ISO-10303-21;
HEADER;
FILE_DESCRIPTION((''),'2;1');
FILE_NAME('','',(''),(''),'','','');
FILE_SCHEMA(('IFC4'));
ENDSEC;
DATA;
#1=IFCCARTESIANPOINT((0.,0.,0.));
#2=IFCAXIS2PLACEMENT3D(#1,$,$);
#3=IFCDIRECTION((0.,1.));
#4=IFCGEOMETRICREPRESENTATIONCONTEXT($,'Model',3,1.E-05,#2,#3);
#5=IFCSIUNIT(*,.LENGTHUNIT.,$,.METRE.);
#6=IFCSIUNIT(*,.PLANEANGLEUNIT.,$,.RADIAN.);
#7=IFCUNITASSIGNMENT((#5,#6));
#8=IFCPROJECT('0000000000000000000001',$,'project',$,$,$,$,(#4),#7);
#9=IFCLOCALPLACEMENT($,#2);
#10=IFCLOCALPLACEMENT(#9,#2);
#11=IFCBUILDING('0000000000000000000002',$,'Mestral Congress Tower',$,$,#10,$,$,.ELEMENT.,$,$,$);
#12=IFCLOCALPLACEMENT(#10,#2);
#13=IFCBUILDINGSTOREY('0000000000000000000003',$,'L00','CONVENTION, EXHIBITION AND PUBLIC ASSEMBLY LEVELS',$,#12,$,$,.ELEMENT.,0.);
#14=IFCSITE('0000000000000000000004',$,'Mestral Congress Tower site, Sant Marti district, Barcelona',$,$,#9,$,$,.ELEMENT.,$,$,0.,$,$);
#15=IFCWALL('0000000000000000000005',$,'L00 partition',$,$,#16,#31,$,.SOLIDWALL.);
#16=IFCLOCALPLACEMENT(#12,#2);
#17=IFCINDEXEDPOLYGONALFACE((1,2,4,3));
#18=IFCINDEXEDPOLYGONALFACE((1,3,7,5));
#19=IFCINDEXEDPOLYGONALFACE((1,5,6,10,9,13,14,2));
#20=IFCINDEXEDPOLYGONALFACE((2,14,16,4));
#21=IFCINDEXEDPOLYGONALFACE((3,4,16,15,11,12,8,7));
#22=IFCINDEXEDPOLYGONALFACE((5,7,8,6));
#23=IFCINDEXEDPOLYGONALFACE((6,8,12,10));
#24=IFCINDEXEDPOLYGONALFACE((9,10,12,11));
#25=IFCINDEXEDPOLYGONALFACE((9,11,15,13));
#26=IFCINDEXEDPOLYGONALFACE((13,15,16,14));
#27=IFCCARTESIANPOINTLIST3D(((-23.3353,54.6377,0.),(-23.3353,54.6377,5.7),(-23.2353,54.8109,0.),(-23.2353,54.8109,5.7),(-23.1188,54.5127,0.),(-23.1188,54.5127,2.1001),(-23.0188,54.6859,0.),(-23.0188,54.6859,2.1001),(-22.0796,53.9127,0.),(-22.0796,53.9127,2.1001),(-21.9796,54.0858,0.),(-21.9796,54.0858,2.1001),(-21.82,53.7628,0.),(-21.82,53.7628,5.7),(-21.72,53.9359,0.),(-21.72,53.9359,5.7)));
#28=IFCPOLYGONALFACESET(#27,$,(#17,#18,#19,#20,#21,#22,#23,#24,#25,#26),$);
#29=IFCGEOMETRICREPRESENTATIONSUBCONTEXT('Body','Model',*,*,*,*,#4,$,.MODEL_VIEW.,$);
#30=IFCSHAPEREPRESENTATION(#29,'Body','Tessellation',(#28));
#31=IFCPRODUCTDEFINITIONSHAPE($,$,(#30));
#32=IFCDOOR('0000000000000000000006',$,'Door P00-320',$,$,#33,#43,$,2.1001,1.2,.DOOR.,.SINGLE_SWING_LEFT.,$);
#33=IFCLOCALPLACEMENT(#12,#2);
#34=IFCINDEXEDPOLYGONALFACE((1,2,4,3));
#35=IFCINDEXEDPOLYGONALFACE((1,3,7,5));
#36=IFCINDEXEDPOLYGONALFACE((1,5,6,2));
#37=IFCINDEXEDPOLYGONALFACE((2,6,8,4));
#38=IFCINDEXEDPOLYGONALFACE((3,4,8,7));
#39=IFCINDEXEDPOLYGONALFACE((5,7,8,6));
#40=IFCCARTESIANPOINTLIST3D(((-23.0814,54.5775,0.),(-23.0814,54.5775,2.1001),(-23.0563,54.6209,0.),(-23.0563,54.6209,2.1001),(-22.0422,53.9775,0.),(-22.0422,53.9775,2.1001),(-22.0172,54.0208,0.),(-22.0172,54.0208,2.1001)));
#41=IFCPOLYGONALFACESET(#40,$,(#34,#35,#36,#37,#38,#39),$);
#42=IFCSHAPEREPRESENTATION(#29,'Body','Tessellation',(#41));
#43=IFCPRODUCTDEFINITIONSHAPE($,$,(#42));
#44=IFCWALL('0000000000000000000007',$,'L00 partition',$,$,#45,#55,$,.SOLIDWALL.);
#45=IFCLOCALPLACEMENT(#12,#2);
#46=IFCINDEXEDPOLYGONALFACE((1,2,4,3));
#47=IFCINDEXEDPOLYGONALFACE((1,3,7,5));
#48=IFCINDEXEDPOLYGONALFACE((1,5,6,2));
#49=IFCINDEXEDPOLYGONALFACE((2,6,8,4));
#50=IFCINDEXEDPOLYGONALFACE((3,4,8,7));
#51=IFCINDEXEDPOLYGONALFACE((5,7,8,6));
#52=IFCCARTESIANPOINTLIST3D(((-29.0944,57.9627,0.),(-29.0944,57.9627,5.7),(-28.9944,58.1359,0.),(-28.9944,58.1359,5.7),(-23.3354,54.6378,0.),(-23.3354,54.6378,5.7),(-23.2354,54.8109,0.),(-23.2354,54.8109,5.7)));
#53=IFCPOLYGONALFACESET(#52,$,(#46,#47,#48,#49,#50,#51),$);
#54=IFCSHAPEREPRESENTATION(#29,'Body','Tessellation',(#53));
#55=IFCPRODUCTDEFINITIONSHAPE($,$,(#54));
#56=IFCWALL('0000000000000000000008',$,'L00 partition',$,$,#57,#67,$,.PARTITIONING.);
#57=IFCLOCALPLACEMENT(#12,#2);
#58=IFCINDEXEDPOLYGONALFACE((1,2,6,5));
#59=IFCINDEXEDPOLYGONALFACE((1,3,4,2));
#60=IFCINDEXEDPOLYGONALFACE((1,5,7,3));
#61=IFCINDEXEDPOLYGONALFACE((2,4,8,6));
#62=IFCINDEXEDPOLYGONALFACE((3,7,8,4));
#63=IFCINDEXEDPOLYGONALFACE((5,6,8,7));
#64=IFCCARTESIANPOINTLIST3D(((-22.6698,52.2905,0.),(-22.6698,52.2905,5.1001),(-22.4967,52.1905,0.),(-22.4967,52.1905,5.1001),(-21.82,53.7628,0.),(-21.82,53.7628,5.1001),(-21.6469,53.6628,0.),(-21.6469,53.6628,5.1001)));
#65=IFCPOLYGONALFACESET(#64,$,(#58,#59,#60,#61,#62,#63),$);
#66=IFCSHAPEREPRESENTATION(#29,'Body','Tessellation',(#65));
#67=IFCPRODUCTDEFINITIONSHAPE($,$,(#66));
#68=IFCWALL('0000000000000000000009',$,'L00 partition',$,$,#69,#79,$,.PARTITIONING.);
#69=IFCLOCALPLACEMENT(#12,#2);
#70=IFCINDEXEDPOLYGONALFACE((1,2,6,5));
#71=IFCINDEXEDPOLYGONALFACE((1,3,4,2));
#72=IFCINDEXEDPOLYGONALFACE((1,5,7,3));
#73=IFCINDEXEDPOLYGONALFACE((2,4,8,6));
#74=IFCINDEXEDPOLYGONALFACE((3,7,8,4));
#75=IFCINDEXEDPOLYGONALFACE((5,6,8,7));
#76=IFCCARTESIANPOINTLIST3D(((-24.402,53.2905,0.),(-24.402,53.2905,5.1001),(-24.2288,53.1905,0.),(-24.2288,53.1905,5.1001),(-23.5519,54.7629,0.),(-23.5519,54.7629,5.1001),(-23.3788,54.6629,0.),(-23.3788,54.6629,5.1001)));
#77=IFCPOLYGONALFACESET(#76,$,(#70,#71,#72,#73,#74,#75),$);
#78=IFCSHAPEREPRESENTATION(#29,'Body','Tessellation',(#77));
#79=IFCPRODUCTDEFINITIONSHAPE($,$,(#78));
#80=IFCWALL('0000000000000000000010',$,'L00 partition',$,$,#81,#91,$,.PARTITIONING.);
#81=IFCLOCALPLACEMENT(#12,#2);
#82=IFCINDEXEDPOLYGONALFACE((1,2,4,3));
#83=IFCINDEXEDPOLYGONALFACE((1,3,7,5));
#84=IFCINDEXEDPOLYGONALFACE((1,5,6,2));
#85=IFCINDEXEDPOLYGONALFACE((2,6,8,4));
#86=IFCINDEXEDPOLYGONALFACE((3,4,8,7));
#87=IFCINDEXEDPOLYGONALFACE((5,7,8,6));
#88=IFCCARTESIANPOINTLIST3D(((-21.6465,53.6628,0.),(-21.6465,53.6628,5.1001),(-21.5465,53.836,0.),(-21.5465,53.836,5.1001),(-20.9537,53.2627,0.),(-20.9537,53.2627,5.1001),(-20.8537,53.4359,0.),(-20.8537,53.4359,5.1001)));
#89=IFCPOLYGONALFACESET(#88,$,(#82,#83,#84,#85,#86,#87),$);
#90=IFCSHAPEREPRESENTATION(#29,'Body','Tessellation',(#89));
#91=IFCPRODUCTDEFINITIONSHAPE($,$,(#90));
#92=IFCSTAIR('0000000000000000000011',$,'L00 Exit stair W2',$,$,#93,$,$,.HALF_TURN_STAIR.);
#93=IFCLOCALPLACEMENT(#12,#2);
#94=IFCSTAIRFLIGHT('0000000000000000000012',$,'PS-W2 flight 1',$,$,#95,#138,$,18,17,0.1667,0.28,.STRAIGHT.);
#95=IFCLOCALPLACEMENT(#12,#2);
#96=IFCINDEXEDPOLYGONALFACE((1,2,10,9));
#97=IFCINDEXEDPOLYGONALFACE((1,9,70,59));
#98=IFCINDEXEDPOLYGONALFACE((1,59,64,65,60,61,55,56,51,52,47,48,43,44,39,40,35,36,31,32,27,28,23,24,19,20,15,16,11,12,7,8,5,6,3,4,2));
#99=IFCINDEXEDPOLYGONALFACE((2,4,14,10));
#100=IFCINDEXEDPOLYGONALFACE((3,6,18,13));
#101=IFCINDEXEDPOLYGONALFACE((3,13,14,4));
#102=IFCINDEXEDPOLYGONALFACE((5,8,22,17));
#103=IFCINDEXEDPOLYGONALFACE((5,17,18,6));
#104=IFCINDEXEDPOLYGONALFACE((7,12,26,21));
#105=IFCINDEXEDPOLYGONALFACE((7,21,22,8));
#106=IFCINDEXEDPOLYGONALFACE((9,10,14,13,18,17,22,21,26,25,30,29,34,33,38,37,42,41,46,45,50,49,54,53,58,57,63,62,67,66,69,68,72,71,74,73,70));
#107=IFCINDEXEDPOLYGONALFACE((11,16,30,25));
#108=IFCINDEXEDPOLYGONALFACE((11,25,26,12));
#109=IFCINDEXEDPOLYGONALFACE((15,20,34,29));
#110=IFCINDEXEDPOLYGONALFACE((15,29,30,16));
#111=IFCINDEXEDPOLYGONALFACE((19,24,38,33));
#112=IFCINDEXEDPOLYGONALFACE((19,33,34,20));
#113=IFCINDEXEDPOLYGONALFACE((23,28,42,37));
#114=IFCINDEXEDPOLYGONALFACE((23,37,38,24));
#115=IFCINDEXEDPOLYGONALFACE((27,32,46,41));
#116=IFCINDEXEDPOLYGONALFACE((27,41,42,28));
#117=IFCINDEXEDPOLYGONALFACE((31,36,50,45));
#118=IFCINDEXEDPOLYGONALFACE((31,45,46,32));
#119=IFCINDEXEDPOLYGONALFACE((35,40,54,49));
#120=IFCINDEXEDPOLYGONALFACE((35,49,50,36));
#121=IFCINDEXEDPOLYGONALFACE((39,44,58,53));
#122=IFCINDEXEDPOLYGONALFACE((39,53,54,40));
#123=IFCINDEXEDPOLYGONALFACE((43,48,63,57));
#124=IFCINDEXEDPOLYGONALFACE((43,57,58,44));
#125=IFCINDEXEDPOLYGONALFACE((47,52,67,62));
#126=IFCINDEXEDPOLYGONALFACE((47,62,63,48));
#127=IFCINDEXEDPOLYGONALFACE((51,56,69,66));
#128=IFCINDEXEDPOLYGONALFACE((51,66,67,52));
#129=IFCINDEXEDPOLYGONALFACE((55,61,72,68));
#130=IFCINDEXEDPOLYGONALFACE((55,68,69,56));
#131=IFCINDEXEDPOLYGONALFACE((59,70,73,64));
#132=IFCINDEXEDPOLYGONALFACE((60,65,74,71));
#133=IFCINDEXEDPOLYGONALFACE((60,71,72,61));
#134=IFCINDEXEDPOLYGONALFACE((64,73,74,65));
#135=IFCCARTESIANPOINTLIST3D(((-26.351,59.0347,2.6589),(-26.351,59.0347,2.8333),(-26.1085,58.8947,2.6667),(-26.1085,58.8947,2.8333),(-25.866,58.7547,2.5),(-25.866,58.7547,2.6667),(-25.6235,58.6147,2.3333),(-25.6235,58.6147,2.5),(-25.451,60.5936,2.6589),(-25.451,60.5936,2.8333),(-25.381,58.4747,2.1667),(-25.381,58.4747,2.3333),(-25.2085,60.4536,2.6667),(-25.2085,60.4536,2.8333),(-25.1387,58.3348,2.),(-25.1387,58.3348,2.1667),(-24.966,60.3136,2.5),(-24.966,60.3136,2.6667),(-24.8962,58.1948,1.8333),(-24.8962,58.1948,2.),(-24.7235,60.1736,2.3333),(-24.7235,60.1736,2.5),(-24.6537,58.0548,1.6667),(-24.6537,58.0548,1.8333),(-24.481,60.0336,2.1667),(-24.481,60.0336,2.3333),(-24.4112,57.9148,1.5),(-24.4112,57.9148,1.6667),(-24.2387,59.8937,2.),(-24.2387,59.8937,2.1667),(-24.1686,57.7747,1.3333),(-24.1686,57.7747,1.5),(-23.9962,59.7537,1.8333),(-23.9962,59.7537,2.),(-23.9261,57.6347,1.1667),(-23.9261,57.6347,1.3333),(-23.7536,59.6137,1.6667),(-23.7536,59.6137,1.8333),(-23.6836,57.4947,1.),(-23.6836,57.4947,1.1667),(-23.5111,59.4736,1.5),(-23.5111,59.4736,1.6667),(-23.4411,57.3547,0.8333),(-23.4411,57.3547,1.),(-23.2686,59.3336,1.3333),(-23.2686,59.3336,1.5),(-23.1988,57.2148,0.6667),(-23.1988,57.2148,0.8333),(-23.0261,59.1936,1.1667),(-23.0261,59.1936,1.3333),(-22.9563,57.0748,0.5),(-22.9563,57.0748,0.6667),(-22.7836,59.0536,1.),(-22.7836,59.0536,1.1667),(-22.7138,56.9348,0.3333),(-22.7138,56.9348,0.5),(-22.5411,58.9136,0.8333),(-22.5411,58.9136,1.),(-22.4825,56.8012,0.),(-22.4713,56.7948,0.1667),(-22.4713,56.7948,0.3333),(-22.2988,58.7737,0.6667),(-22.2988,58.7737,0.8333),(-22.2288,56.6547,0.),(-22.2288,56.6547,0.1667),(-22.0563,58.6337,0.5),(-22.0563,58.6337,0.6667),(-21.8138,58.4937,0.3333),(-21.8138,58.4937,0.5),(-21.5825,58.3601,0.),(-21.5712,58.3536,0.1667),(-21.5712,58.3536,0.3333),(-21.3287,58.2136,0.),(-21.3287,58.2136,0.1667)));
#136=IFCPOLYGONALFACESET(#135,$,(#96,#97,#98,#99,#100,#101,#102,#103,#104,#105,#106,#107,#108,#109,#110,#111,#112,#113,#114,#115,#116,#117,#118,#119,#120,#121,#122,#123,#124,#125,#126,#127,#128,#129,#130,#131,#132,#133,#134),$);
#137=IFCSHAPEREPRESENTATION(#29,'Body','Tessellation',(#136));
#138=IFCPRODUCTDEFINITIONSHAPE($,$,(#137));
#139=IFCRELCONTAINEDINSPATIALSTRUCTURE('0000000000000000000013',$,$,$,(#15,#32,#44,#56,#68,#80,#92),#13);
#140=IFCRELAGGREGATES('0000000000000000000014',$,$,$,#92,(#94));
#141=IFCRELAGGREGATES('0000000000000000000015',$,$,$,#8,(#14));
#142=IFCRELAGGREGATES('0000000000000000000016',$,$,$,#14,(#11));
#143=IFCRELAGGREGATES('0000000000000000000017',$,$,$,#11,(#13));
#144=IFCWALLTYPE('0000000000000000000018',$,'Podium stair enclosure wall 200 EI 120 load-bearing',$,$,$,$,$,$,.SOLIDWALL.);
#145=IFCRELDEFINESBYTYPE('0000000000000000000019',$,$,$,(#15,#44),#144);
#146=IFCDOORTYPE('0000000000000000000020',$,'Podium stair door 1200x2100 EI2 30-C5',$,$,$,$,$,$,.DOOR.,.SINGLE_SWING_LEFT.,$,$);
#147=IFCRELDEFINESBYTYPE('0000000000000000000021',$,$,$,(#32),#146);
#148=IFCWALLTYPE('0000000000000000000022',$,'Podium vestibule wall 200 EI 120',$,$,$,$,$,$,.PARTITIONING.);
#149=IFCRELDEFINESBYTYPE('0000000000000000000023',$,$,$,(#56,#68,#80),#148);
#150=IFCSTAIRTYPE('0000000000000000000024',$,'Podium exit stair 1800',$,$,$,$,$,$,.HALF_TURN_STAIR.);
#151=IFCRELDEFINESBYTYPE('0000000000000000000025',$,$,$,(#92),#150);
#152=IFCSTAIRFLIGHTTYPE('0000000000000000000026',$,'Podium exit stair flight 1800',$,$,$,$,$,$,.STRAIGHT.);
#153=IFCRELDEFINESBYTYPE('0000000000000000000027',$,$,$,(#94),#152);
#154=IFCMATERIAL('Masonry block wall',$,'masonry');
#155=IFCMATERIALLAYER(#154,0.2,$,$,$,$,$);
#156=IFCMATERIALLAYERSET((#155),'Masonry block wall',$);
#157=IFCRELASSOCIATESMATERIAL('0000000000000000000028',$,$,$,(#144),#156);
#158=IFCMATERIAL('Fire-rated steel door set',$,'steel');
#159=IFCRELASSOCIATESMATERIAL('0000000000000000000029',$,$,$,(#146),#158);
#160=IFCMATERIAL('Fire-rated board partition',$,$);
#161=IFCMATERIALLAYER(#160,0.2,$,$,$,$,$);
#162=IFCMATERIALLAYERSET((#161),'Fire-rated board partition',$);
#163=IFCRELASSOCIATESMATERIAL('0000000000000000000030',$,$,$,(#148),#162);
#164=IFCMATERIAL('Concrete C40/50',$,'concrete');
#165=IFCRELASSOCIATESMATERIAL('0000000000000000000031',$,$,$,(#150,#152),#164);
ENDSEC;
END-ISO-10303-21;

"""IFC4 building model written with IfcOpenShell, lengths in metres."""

from ifc_helpers import new_model, si_unit, direction, frame, frame_2d, origin, place, context, subcontext, project, spatial, polyline, rectangle, outline, extrude, material, layer, layer_set, type_object, element, fill, aggregate, save


model = new_model("IFC4")

# Units and contexts
model_context = context("Model", 3, precision=1e-05, world=origin(), true_north=direction((0.0, 1.0)))
body_context = subcontext(model_context, "Body", "Model", "MODEL_VIEW")
ifc_project = project(units=[si_unit("LENGTHUNIT", "METRE"), si_unit("PLANEANGLEUNIT", "RADIAN")], contexts=[model_context])

# Site, building, storey
site_placement = place(None, origin())
site = spatial("IfcSite", under=ifc_project, at=site_placement, Name="Mestral Congress Tower site, Sant Marti district, Barcelona", CompositionType="ELEMENT", RefElevation=0.0)
building_placement = place(site_placement, origin())
building = spatial("IfcBuilding", under=site, at=building_placement, Name="Mestral Congress Tower", CompositionType="ELEMENT")
storey_placement = place(building_placement, origin())
storey = spatial("IfcBuildingStorey", under=building, at=storey_placement, Name="L00", Description="CONVENTION, EXHIBITION AND PUBLIC ASSEMBLY LEVELS", CompositionType="ELEMENT", Elevation=0.0)

# Shared definitions
ifc_material_1 = material(Name="Masonry block wall", Category="masonry")
ifc_layer_1 = layer(ifc_material_1, 0.2)
ifc_layer_set_1 = layer_set([ifc_layer_1], Name="Masonry block wall")
wall_type_1 = type_object("IfcWallType", Name="Podium stair enclosure wall 200 EI 120 load-bearing", PredefinedType="SOLIDWALL", material=ifc_layer_set_1)

# Wall, opening, door
wall_1_placement = place(storey_placement, frame((-23.2854, 54.7244, 0.0), z_axis=(0.0, 0.0, 1.0), x_axis=(0.866002, -0.50004, 0.0)))
wall_1 = element("IfcWall", 1, at=wall_1_placement, inside=storey, type_object=wall_type_1, Name="L00 partition", PredefinedType="SOLIDWALL", context=body_context, shape_type="SweptSolid", body=[
    extrude(rectangle(XDim=1.7498, YDim=0.2, at=frame_2d((0.875, 0.0))), origin(), (0.0, 0.0, 1.0), 5.7),
])
opening_1_placement = place(wall_1_placement, frame((0.25, 0.0, 0.0)))
opening_1 = element("IfcOpeningElement", 2, at=opening_1_placement, cuts=wall_1, PredefinedType="OPENING", context=body_context, shape_type="SweptSolid", body=[
    extrude(rectangle(XDim=1.2, YDim=2.1001, at=frame_2d((0.6001, 1.05))), frame((0.0, 0.1099, 0.0), z_axis=(0.0, -1.0, 0.0), x_axis=(1.0, 0.0, 0.0)), (0.0, 0.0, 1.0), 0.22),
])
ifc_material_2 = material(Name="Fire-rated steel door set", Category="steel")
door_type_1 = type_object("IfcDoorType", Name="Podium stair door 1200x2100 EI2 30-C5", OperationType="SINGLE_SWING_LEFT", PredefinedType="DOOR", material=ifc_material_2)
door_1_placement = place(opening_1_placement, origin())
door_1 = element("IfcDoor", 3, at=door_1_placement, inside=storey, type_object=door_type_1, Name="Door P00-320", OperationType="SINGLE_SWING_LEFT", OverallHeight=2.1001, OverallWidth=1.2, PredefinedType="DOOR", context=body_context, shape_type="SweptSolid", body=[
    extrude(rectangle(XDim=1.2, YDim=2.1001, at=frame_2d((0.6001, 1.05))), frame((0.0, 0.0249, 0.0), z_axis=(0.0, -1.0, 0.0), x_axis=(1.0, 0.0, 0.0)), (0.0, 0.0, 1.0), 0.05),
])
fill(opening_1, door_1)

# Walls
wall_2_placement = place(storey_placement, frame((-23.2854, 54.7244, 0.0), z_axis=(0.0, 0.0, 1.0), x_axis=(-0.866027, 0.499997, 0.0)))
element("IfcWall", 4, at=wall_2_placement, inside=storey, type_object=wall_type_1, Name="L00 partition", PredefinedType="SOLIDWALL", context=body_context, shape_type="SweptSolid", body=[
    extrude(rectangle(XDim=6.6499, YDim=0.2, at=frame_2d((3.325, 0.0))), origin(), (0.0, 0.0, 1.0), 5.7),
])
ifc_material_3 = material(Name="Fire-rated board partition")
ifc_layer_2 = layer(ifc_material_3, 0.2)
ifc_layer_set_2 = layer_set([ifc_layer_2], Name="Fire-rated board partition")
wall_type_2 = type_object("IfcWallType", Name="Podium vestibule wall 200 EI 120", PredefinedType="PARTITIONING", material=ifc_layer_set_2)
wall_3_placement = place(storey_placement, frame((-21.7334, 53.7129, 0.0), z_axis=(0.0, 0.0, 1.0), x_axis=(-0.499892, -0.866088, 0.0)))
element("IfcWall", 5, at=wall_3_placement, inside=storey, type_object=wall_type_2, Name="L00 partition", PredefinedType="PARTITIONING", context=body_context, shape_type="SweptSolid", body=[
    extrude(rectangle(XDim=1.7, YDim=0.2, at=frame_2d((0.8501, 0.0))), origin(), (0.0, 0.0, 1.0), 5.1001),
])
wall_4_placement = place(storey_placement, frame((-23.4653, 54.7129, 0.0), z_axis=(0.0, 0.0, 1.0), x_axis=(-0.5, -0.866025, 0.0)))
element("IfcWall", 6, at=wall_4_placement, inside=storey, type_object=wall_type_2, Name="L00 partition", PredefinedType="PARTITIONING", context=body_context, shape_type="SweptSolid", body=[
    extrude(rectangle(XDim=1.7002, YDim=0.2, at=frame_2d((0.8501, 0.0))), origin(), (0.0, 0.0, 1.0), 5.1001),
])
wall_5_placement = place(storey_placement, frame((-20.9038, 53.3494, 0.0), z_axis=(0.0, 0.0, 1.0), x_axis=(-0.865962, 0.50011, 0.0)))
element("IfcWall", 7, at=wall_5_placement, inside=storey, type_object=wall_type_2, Name="L00 partition", PredefinedType="PARTITIONING", context=body_context, shape_type="SweptSolid", body=[
    extrude(rectangle(XDim=0.8, YDim=0.2, at=frame_2d((0.3999, 0.0))), origin(), (0.0, 0.0, 1.0), 5.1001),
])

# Stair, stair flight
ifc_material_4 = material(Name="Concrete C40/50", Category="concrete")
stair_type = type_object("IfcStairType", Name="Podium exit stair 1800", PredefinedType="HALF_TURN_STAIR", material=ifc_material_4)
stair_placement = place(storey_placement, origin())
stair = element("IfcStair", 8, at=stair_placement, inside=storey, type_object=stair_type, Name="L00 Exit stair W2", PredefinedType="HALF_TURN_STAIR")
stair_flight_type = type_object("IfcStairFlightType", Name="Podium exit stair flight 1800", PredefinedType="STRAIGHT", material=ifc_material_4)
stair_flight_placement = place(storey_placement, frame((-21.7788, 57.4341, 0.0), z_axis=(0.0, 0.0, 1.0), x_axis=(-0.866025, 0.5, 0.0)))
stair_flight = element("IfcStairFlight", 9, at=stair_flight_placement, type_object=stair_flight_type, Name="PS-W2 flight 1", NumberOfRisers=18, NumberOfTreads=17, PredefinedType="STRAIGHT", RiserHeight=0.1667, TreadLength=0.28, context=body_context, shape_type="SweptSolid", body=[
    extrude(outline(polyline([(0.0, 0.0), (0.0, 0.1667), (0.28, 0.1667), (0.28, 0.3333), (0.5601, 0.3333), (0.5601, 0.5), (0.8401, 0.5), (0.8401, 0.6667), (1.1201, 0.6667), (1.1201, 0.8333), (1.3999, 0.8333), (1.3999, 1.0), (1.6799, 1.0), (1.6799, 1.1667), (1.96, 1.1667), (1.96, 1.3333), (2.24, 1.3333), (2.24, 1.5), (2.52, 1.5), (2.52, 1.6667), (2.8, 1.6667), (2.8, 1.8333), (3.0801, 1.8333), (3.0801, 2.0), (3.3601, 2.0), (3.3601, 2.1667), (3.6399, 2.1667), (3.6399, 2.3333), (3.9199, 2.3333), (3.9199, 2.5), (4.2, 2.5), (4.2, 2.6667), (4.48, 2.6667), (4.48, 2.8333), (4.76, 2.8333), (4.76, 3.0), (4.76, 2.6589), (0.293, 0.0), (0.0, 0.0)])), frame((0.0, 0.8999, 0.0), z_axis=(0.0, -1.0, 0.0), x_axis=(1.0, 0.0, 0.0)), (0.0, 0.0, 1.0), 1.8),
])
aggregate(stair, [stair_flight])

save(model, "model.ifc")
